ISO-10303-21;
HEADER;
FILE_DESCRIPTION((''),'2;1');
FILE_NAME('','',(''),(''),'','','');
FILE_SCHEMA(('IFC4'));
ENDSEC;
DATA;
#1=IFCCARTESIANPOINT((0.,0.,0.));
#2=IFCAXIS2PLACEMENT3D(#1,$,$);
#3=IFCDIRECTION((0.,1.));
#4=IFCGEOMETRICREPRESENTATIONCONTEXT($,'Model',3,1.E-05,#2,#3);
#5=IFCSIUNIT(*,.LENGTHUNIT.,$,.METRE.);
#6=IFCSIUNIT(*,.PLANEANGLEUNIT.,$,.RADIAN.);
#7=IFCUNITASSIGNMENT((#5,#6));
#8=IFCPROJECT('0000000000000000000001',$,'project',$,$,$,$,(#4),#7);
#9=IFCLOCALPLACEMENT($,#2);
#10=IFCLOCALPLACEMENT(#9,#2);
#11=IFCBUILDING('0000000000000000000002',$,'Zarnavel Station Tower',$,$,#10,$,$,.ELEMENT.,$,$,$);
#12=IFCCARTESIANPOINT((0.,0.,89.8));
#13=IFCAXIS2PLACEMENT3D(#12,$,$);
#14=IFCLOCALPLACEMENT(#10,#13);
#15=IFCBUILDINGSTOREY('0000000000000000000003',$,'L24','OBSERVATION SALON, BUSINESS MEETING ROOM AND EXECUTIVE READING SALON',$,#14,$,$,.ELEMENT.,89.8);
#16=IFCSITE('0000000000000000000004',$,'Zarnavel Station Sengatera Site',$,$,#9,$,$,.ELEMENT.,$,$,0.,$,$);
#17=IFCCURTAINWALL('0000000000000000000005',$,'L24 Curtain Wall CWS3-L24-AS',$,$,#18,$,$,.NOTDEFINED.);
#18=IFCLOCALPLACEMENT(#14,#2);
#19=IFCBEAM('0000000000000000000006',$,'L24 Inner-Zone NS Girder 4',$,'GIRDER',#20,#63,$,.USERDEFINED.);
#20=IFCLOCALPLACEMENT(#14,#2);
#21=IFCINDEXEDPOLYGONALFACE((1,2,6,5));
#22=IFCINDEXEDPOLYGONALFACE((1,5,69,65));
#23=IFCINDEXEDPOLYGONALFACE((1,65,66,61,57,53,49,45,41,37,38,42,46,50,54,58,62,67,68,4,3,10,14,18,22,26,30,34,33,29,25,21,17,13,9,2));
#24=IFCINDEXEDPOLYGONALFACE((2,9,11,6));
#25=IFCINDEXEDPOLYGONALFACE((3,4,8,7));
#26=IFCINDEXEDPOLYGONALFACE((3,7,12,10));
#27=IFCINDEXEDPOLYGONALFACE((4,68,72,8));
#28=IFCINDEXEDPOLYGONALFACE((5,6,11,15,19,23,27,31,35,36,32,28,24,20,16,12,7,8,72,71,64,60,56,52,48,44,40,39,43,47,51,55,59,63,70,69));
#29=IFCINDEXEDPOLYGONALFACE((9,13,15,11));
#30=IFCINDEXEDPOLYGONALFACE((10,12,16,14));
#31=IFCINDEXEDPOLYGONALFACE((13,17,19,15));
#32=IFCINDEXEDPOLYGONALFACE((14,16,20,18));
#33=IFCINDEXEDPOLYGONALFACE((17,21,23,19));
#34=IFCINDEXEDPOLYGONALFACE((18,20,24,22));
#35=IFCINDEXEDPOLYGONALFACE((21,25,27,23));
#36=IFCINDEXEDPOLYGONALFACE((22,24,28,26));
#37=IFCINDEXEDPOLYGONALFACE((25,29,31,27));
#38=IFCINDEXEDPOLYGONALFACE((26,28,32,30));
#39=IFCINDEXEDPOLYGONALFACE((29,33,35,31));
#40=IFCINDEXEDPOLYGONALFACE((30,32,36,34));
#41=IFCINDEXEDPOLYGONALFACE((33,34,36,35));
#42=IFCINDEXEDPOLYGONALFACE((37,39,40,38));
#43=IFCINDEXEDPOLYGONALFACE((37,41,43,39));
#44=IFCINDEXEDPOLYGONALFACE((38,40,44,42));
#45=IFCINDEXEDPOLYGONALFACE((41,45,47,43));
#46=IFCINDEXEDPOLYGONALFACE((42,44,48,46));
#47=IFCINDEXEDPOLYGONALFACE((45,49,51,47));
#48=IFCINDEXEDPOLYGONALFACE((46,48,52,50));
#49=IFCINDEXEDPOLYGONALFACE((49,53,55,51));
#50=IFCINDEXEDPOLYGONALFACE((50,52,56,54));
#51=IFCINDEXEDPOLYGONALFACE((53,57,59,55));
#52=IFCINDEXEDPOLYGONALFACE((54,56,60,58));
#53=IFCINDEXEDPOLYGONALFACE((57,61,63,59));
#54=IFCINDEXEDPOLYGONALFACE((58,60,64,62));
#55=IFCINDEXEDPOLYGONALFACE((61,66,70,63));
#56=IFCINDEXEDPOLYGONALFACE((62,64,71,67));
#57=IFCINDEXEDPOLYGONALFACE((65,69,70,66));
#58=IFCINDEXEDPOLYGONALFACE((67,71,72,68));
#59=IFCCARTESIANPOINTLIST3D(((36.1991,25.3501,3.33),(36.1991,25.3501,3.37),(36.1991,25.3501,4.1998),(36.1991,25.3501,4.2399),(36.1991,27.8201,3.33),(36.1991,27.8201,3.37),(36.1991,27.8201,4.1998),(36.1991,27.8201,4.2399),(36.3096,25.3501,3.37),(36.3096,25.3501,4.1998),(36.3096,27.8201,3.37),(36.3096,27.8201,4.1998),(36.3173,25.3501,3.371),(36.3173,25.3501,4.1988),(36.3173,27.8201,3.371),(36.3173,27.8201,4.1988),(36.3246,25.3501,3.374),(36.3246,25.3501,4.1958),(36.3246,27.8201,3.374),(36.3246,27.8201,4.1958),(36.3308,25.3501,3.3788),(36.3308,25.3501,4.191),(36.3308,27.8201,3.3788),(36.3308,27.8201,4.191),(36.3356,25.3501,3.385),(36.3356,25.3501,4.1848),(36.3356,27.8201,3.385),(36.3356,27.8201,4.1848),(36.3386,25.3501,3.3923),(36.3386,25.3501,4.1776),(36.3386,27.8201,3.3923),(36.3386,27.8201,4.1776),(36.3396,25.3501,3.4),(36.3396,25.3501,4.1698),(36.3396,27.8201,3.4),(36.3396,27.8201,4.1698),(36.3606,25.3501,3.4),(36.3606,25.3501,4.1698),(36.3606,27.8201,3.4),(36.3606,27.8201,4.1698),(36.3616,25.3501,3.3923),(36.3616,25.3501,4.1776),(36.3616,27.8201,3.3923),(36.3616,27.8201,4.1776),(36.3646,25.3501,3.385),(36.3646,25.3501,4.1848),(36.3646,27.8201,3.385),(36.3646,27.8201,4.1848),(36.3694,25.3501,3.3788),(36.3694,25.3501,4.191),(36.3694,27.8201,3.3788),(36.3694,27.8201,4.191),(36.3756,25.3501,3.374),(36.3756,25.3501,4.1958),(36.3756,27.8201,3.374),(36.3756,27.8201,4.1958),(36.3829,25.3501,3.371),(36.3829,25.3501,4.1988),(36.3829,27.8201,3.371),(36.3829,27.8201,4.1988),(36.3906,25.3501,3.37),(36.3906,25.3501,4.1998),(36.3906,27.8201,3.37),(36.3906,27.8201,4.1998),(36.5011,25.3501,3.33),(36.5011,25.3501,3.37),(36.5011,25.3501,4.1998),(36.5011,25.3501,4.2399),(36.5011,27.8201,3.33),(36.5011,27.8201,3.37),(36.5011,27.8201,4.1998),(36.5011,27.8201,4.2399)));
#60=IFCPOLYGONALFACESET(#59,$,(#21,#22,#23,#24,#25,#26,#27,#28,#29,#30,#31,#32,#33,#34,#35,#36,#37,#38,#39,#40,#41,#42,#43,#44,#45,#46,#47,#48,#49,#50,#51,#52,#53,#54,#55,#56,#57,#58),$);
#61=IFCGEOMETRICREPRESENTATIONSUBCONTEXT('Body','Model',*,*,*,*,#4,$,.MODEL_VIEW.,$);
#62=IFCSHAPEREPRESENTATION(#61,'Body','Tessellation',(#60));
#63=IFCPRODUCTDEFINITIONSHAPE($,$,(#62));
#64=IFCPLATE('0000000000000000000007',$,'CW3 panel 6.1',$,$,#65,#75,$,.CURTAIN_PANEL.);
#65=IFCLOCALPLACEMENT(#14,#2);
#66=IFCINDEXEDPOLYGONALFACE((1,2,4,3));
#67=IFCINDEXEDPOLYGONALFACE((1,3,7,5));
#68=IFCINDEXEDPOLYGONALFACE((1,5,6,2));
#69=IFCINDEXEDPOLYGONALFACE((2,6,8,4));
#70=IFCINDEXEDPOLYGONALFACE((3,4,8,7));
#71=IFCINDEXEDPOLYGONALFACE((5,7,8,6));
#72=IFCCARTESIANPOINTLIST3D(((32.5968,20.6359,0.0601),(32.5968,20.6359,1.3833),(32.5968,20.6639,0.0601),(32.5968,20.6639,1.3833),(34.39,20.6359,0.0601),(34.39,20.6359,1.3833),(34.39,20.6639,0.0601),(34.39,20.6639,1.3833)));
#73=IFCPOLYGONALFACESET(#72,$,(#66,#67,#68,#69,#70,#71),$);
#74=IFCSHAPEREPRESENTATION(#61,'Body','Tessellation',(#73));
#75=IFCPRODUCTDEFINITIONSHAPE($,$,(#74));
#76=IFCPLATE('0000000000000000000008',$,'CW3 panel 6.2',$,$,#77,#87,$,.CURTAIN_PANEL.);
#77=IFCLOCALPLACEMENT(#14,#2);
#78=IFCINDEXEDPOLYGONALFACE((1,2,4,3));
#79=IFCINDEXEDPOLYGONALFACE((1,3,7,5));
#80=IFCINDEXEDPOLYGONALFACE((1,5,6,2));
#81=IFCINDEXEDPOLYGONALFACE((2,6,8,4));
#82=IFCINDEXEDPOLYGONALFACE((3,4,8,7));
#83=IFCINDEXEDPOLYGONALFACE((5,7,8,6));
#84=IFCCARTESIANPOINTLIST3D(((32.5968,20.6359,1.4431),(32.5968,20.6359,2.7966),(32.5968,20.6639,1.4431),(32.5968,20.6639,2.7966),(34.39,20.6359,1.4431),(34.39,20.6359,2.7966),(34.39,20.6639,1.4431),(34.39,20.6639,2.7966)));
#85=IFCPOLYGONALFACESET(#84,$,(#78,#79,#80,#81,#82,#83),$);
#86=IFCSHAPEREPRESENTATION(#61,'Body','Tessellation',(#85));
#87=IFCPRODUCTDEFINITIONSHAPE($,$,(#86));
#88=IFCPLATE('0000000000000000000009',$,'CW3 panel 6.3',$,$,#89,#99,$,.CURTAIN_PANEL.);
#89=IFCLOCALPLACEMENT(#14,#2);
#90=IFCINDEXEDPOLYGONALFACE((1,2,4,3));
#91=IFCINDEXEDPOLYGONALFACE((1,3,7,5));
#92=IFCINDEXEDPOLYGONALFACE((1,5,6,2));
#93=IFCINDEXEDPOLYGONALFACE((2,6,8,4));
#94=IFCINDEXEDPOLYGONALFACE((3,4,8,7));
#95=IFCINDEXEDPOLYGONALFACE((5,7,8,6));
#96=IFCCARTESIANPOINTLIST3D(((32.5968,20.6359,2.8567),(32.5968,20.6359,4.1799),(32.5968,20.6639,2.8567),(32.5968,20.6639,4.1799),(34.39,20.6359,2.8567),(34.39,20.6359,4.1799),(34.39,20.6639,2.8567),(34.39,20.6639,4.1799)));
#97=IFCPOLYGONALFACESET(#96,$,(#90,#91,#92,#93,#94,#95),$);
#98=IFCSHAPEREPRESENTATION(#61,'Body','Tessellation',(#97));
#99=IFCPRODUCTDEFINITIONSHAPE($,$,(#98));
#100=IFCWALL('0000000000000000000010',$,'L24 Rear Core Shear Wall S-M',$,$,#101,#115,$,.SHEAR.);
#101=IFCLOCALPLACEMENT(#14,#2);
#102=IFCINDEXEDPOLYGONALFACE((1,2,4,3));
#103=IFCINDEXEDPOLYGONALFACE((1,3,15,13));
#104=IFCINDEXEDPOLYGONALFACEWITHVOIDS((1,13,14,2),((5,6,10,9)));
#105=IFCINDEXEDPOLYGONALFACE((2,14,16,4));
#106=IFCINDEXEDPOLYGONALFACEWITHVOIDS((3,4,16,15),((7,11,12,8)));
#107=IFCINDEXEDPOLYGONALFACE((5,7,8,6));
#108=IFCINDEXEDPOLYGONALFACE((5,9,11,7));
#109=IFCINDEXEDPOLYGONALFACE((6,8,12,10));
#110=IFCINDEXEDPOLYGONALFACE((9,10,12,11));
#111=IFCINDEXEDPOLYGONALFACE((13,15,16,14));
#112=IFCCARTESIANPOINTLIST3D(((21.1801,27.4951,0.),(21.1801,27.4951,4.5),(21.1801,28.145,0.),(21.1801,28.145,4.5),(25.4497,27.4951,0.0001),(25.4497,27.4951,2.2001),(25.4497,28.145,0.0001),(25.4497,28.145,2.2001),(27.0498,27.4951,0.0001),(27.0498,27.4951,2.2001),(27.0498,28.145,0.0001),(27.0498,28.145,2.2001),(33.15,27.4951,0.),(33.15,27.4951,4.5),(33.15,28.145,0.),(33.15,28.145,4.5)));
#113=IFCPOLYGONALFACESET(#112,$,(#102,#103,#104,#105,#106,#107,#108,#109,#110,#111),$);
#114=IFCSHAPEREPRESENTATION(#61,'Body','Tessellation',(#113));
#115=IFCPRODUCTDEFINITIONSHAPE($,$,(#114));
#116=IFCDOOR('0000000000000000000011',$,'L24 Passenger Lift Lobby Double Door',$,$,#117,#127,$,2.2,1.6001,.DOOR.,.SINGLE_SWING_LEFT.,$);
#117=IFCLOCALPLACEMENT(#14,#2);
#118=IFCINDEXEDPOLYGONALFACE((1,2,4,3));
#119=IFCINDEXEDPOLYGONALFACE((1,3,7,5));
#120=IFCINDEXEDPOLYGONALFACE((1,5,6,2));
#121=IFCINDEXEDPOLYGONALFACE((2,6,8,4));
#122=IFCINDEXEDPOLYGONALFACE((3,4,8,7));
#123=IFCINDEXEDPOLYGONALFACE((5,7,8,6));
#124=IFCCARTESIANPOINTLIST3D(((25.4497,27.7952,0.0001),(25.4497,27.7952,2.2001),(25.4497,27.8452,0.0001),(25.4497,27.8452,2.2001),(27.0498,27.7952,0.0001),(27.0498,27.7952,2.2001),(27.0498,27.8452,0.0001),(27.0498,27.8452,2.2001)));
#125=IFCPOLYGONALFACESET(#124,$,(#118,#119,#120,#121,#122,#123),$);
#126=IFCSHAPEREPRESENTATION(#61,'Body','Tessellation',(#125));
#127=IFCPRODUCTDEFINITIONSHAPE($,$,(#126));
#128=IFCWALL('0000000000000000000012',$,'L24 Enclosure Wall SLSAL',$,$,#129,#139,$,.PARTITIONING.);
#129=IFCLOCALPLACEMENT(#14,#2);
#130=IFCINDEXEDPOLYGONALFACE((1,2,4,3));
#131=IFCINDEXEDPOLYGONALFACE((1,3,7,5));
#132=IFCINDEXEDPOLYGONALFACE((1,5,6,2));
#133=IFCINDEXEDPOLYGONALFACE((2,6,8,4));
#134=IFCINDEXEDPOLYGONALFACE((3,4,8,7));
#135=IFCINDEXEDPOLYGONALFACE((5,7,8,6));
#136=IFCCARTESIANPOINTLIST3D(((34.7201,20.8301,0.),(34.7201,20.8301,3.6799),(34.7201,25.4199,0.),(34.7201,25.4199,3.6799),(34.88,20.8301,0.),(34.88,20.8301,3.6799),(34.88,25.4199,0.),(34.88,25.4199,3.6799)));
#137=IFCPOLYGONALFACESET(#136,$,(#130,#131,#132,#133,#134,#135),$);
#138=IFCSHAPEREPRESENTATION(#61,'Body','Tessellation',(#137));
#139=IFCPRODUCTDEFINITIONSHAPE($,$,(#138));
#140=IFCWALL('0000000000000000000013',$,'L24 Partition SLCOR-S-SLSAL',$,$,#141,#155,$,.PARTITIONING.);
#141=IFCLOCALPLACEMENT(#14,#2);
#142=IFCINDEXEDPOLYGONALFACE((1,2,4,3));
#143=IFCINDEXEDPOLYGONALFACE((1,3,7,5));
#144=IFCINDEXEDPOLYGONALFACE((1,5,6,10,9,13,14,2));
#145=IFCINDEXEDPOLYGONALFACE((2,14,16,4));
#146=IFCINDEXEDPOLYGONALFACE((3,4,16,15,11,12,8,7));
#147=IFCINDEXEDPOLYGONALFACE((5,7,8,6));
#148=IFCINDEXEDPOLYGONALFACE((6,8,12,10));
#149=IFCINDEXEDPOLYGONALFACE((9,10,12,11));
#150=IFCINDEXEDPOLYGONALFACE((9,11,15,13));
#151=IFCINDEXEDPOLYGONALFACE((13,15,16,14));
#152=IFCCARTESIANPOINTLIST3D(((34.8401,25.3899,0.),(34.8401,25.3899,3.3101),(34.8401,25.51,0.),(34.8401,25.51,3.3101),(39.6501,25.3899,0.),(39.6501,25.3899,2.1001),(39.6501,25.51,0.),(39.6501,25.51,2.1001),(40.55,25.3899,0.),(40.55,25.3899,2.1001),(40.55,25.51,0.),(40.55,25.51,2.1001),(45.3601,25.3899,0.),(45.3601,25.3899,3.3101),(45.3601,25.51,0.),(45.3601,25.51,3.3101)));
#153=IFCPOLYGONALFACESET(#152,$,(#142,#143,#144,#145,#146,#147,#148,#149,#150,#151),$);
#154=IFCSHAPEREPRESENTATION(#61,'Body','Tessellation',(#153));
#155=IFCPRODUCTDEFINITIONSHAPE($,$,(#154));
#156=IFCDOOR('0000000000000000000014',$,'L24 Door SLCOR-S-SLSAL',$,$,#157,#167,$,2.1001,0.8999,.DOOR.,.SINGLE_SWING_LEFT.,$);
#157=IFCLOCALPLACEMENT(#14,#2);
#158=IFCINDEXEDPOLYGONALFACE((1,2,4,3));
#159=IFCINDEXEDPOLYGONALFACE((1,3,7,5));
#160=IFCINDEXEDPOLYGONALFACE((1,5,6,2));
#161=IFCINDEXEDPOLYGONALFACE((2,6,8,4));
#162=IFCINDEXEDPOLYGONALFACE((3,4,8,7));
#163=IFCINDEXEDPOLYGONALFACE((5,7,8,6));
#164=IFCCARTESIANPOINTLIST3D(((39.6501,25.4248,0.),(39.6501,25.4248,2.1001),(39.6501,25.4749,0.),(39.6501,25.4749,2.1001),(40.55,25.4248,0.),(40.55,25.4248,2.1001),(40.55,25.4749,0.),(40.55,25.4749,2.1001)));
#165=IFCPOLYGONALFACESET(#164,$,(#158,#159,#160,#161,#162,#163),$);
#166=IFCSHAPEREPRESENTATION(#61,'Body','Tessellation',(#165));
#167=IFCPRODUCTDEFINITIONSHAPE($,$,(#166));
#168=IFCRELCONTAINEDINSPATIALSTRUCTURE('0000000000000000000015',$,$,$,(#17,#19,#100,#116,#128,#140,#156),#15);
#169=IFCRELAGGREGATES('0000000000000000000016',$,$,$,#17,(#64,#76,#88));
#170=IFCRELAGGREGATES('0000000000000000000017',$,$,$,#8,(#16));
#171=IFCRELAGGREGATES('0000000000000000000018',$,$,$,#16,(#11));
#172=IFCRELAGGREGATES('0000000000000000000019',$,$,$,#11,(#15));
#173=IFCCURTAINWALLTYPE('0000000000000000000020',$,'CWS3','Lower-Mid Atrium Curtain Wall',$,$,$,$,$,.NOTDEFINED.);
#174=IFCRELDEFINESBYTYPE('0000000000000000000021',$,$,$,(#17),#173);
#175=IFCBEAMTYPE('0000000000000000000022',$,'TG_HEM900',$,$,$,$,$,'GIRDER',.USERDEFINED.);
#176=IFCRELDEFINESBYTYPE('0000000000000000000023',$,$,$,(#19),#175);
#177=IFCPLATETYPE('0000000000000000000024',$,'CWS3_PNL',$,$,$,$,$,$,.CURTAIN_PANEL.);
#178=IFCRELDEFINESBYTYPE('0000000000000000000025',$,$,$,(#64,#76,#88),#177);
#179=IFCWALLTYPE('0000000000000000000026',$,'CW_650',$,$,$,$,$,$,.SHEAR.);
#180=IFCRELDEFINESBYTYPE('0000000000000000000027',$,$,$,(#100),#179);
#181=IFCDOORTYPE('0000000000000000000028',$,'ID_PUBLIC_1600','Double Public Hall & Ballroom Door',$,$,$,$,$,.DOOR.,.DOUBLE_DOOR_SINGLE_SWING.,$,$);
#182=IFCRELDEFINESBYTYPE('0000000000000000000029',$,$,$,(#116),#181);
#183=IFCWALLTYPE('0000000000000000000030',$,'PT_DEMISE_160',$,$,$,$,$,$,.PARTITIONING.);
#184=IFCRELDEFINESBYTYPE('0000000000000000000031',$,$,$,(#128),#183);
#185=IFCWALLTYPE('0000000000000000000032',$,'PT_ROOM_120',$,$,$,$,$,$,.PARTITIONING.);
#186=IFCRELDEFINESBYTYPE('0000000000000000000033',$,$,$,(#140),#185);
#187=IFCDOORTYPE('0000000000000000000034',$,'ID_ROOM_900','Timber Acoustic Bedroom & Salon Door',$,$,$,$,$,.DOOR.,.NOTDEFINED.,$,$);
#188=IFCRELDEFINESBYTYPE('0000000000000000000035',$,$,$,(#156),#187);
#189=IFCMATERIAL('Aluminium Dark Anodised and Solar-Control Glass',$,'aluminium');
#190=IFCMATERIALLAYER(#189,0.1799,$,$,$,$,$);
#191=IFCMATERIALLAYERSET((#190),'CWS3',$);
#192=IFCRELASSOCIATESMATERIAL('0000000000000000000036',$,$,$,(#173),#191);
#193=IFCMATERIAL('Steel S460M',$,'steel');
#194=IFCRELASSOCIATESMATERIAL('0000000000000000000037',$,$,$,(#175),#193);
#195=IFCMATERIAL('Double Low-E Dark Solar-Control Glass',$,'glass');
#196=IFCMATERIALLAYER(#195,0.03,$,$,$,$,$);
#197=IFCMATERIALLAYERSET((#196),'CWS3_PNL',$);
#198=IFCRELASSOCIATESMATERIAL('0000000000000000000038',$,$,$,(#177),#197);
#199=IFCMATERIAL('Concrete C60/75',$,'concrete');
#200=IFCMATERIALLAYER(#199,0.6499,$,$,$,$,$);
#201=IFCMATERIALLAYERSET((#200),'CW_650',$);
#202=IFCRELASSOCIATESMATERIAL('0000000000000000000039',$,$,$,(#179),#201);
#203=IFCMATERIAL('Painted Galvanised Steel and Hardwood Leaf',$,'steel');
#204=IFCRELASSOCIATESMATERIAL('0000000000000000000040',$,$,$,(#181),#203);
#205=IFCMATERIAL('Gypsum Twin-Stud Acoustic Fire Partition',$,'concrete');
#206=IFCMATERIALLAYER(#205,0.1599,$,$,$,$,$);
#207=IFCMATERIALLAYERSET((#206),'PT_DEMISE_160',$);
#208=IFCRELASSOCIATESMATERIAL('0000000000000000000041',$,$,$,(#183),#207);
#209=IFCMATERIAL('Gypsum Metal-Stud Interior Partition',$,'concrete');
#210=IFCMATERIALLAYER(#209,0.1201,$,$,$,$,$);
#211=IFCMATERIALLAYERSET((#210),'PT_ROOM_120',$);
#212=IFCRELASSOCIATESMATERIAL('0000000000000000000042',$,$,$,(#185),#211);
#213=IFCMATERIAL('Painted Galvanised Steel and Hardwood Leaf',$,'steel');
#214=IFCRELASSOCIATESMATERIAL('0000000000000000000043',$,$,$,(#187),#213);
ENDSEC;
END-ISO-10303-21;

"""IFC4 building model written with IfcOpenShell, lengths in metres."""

from ifc_helpers import new_model, si_unit, direction, frame, frame_2d, origin, origin_2d, place, context, subcontext, project, spatial, rectangle, i_section, extrude, material, layer, layer_set, material_profile, profile_set, type_object, element, fill, aggregate, save


model = new_model("IFC4")

# Units and contexts
model_context = context("Model", 3, precision=1e-05, world=origin(), true_north=direction((0.0, 1.0)))
body_context = subcontext(model_context, "Body", "Model", "MODEL_VIEW")
ifc_project = project(units=[si_unit("LENGTHUNIT", "METRE"), si_unit("PLANEANGLEUNIT", "RADIAN")], contexts=[model_context])

# Site, building, storey
site_placement = place(None, origin())
site = spatial("IfcSite", under=ifc_project, at=site_placement, Name="Zarnavel Station Sengatera Site", CompositionType="ELEMENT", RefElevation=0.0)
building_placement = place(site_placement, origin())
building = spatial("IfcBuilding", under=site, at=building_placement, Name="Zarnavel Station Tower", CompositionType="ELEMENT")
storey_placement = place(building_placement, frame((0.0, 0.0, 89.8)))
storey = spatial("IfcBuildingStorey", under=building, at=storey_placement, Name="L24", Description="OBSERVATION SALON, BUSINESS MEETING ROOM AND EXECUTIVE READING SALON", CompositionType="ELEMENT", Elevation=89.8)

# Curtain wall
ifc_material_1 = material(Name="Aluminium Dark Anodised and Solar-Control Glass", Category="aluminium")
ifc_layer_1 = layer(ifc_material_1, 0.1799)
ifc_layer_set_1 = layer_set([ifc_layer_1], Name="CWS3")
curtain_wall_type = type_object("IfcCurtainWallType", Name="CWS3", Description="Lower-Mid Atrium Curtain Wall", PredefinedType="NOTDEFINED", material=ifc_layer_set_1)
curtain_wall_placement = place(storey_placement, origin())
curtain_wall = element("IfcCurtainWall", 1, at=curtain_wall_placement, inside=storey, type_object=curtain_wall_type, Name="L24 Curtain Wall CWS3-L24-AS", PredefinedType="NOTDEFINED")

# Beam
ifc_material_2 = material(Name="Steel S460M", Category="steel")
ifc_material_profile_1 = material_profile(ifc_material_2, i_section(OverallWidth=0.302, OverallDepth=0.9099, WebThickness=0.021, FlangeThickness=0.04, FilletRadius=0.03, at=origin_2d()), Name="HEM900")
ifc_profile_set_1 = profile_set([ifc_material_profile_1], Name="Steel S460M")
beam_type_1 = type_object("IfcBeamType", Name="TG_HEM900", ElementType="GIRDER", PredefinedType="USERDEFINED", material=ifc_profile_set_1)
beam_1_placement = place(storey_placement, frame((36.3501, 25.3501, 3.7849), z_axis=(0.0, 1.0, 0.0), x_axis=(-1.0, 0.0, 0.0)))
element("IfcBeam", 2, at=beam_1_placement, inside=storey, type_object=beam_type_1, Name="L24 Inner-Zone NS Girder 4", ObjectType="GIRDER", PredefinedType="USERDEFINED", context=body_context, shape_type="SweptSolid", body=[
    extrude(i_section(OverallWidth=0.302, OverallDepth=0.9099, WebThickness=0.021, FlangeThickness=0.04, FilletRadius=0.03, at=origin_2d()), origin(), (0.0, 0.0, 1.0), 2.47),
])

# Plates
ifc_material_3 = material(Name="Double Low-E Dark Solar-Control Glass", Category="glass")
ifc_layer_2 = layer(ifc_material_3, 0.03)
ifc_layer_set_2 = layer_set([ifc_layer_2], Name="CWS3_PNL")
plate_type = type_object("IfcPlateType", Name="CWS3_PNL", PredefinedType="CURTAIN_PANEL", material=ifc_layer_set_2)
plate_1_placement = place(storey_placement, frame((33.4934, 20.6499, 0.0601), z_axis=(0.0, 0.0, 1.0), x_axis=(1.0, 0.0, 0.0)))
plate_1 = element("IfcPlate", 3, at=plate_1_placement, type_object=plate_type, Name="CW3 panel 6.1", PredefinedType="CURTAIN_PANEL", context=body_context, shape_type="SweptSolid", body=[
    extrude(rectangle(XDim=1.7932, YDim=0.0281, at=origin_2d()), origin(), (0.0, 0.0, 1.0), 1.3232),
])
plate_2_placement = place(storey_placement, frame((33.4934, 20.6499, 1.4431), z_axis=(0.0, 0.0, 1.0), x_axis=(1.0, 0.0, 0.0)))
plate_2 = element("IfcPlate", 4, at=plate_2_placement, type_object=plate_type, Name="CW3 panel 6.2", PredefinedType="CURTAIN_PANEL", context=body_context, shape_type="SweptSolid", body=[
    extrude(rectangle(XDim=1.7932, YDim=0.0281, at=origin_2d()), origin(), (0.0, 0.0, 1.0), 1.3535),
])
plate_3_placement = place(storey_placement, frame((33.4934, 20.6499, 2.8567), z_axis=(0.0, 0.0, 1.0), x_axis=(1.0, 0.0, 0.0)))
plate_3 = element("IfcPlate", 5, at=plate_3_placement, type_object=plate_type, Name="CW3 panel 6.3", PredefinedType="CURTAIN_PANEL", context=body_context, shape_type="SweptSolid", body=[
    extrude(rectangle(XDim=1.7932, YDim=0.0281, at=origin_2d()), origin(), (0.0, 0.0, 1.0), 1.3232),
])
aggregate(curtain_wall, [plate_1, plate_2, plate_3])

# Wall, opening, door
ifc_material_4 = material(Name="Concrete C60/75", Category="concrete")
ifc_layer_3 = layer(ifc_material_4, 0.6499)
ifc_layer_set_3 = layer_set([ifc_layer_3], Name="CW_650")
wall_type_1 = type_object("IfcWallType", Name="CW_650", PredefinedType="SHEAR", material=ifc_layer_set_3)
wall_1_placement = place(storey_placement, frame((33.1499, 27.8201, 0.0), z_axis=(0.0, 0.0, 1.0), x_axis=(-1.0, 0.0, 0.0)))
wall_1 = element("IfcWall", 6, at=wall_1_placement, inside=storey, type_object=wall_type_1, Name="L24 Rear Core Shear Wall S-M", PredefinedType="SHEAR", context=body_context, shape_type="SweptSolid", body=[
    extrude(rectangle(XDim=11.97, YDim=0.6499, at=frame_2d((5.9849, 0.0))), origin(), (0.0, 0.0, 1.0), 4.5),
])
opening_1_placement = place(wall_1_placement, frame((6.1001, 0.0, 0.0)))
opening_1 = element("IfcOpeningElement", 7, at=opening_1_placement, cuts=wall_1, PredefinedType="OPENING", context=body_context, shape_type="SweptSolid", body=[
    extrude(rectangle(XDim=1.6001, YDim=2.2, at=frame_2d((0.8, 1.1001))), frame((0.0, 0.335, 0.0), z_axis=(0.0, -1.0, 0.0), x_axis=(1.0, 0.0, 0.0)), (0.0, 0.0, 1.0), 0.6699),
])
ifc_material_5 = material(Name="Painted Galvanised Steel and Hardwood Leaf", Category="steel")
door_type_1 = type_object("IfcDoorType", Name="ID_PUBLIC_1600", Description="Double Public Hall & Ballroom Door", OperationType="DOUBLE_DOOR_SINGLE_SWING", PredefinedType="DOOR", material=ifc_material_5)
door_1_placement = place(opening_1_placement, origin())
door_1 = element("IfcDoor", 8, at=door_1_placement, inside=storey, type_object=door_type_1, Name="L24 Passenger Lift Lobby Double Door", OperationType="SINGLE_SWING_LEFT", OverallHeight=2.2, OverallWidth=1.6001, PredefinedType="DOOR", context=body_context, shape_type="SweptSolid", body=[
    extrude(rectangle(XDim=1.6001, YDim=2.2, at=frame_2d((0.8, 1.1001))), frame((0.0, 0.0249, 0.0), z_axis=(0.0, -1.0, 0.0), x_axis=(1.0, 0.0, 0.0)), (0.0, 0.0, 1.0), 0.05),
])
fill(opening_1, door_1)

# Wall
ifc_material_6 = material(Name="Gypsum Twin-Stud Acoustic Fire Partition", Category="concrete")
ifc_layer_4 = layer(ifc_material_6, 0.1599)
ifc_layer_set_4 = layer_set([ifc_layer_4], Name="PT_DEMISE_160")
wall_type_2 = type_object("IfcWallType", Name="PT_DEMISE_160", PredefinedType="PARTITIONING", material=ifc_layer_set_4)
wall_2_placement = place(storey_placement, frame((34.8, 20.8301, 0.0), z_axis=(0.0, 0.0, 1.0), x_axis=(0.0, 1.0, 0.0)))
element("IfcWall", 9, at=wall_2_placement, inside=storey, type_object=wall_type_2, Name="L24 Enclosure Wall SLSAL", PredefinedType="PARTITIONING", context=body_context, shape_type="SweptSolid", body=[
    extrude(rectangle(XDim=4.5898, YDim=0.1599, at=frame_2d((2.2949, 0.0))), origin(), (0.0, 0.0, 1.0), 3.6799),
])

# Wall, opening, door
ifc_material_7 = material(Name="Gypsum Metal-Stud Interior Partition", Category="concrete")
ifc_layer_5 = layer(ifc_material_7, 0.1201)
ifc_layer_set_5 = layer_set([ifc_layer_5], Name="PT_ROOM_120")
wall_type_3 = type_object("IfcWallType", Name="PT_ROOM_120", PredefinedType="PARTITIONING", material=ifc_layer_set_5)
wall_3_placement = place(storey_placement, frame((34.8401, 25.45, 0.0), z_axis=(0.0, 0.0, 1.0), x_axis=(1.0, 0.0, 0.0)))
wall_3 = element("IfcWall", 10, at=wall_3_placement, inside=storey, type_object=wall_type_3, Name="L24 Partition SLCOR-S-SLSAL", PredefinedType="PARTITIONING", context=body_context, shape_type="SweptSolid", body=[
    extrude(rectangle(XDim=10.52, YDim=0.1201, at=frame_2d((5.26, 0.0))), origin(), (0.0, 0.0, 1.0), 3.3101),
])
opening_2_placement = place(wall_3_placement, frame((4.8101, 0.0, 0.0)))
opening_2 = element("IfcOpeningElement", 11, at=opening_2_placement, cuts=wall_3, PredefinedType="OPENING", context=body_context, shape_type="SweptSolid", body=[
    extrude(rectangle(XDim=0.8999, YDim=2.1001, at=frame_2d((0.45, 1.05))), frame((0.0, 0.0701, 0.0), z_axis=(0.0, -1.0, 0.0), x_axis=(1.0, 0.0, 0.0)), (0.0, 0.0, 1.0), 0.1401),
])
ifc_material_8 = material(Name="Painted Galvanised Steel and Hardwood Leaf", Category="steel")
door_type_2 = type_object("IfcDoorType", Name="ID_ROOM_900", Description="Timber Acoustic Bedroom & Salon Door", OperationType="NOTDEFINED", PredefinedType="DOOR", material=ifc_material_8)
door_2_placement = place(opening_2_placement, origin())
door_2 = element("IfcDoor", 12, at=door_2_placement, inside=storey, type_object=door_type_2, Name="L24 Door SLCOR-S-SLSAL", OperationType="SINGLE_SWING_LEFT", OverallHeight=2.1001, OverallWidth=0.8999, PredefinedType="DOOR", context=body_context, shape_type="SweptSolid", body=[
    extrude(rectangle(XDim=0.8999, YDim=2.1001, at=frame_2d((0.45, 1.05))), frame((0.0, 0.0249, 0.0), z_axis=(0.0, -1.0, 0.0), x_axis=(1.0, 0.0, 0.0)), (0.0, 0.0, 1.0), 0.05),
])
fill(opening_2, door_2)

save(model, "model.ifc")
